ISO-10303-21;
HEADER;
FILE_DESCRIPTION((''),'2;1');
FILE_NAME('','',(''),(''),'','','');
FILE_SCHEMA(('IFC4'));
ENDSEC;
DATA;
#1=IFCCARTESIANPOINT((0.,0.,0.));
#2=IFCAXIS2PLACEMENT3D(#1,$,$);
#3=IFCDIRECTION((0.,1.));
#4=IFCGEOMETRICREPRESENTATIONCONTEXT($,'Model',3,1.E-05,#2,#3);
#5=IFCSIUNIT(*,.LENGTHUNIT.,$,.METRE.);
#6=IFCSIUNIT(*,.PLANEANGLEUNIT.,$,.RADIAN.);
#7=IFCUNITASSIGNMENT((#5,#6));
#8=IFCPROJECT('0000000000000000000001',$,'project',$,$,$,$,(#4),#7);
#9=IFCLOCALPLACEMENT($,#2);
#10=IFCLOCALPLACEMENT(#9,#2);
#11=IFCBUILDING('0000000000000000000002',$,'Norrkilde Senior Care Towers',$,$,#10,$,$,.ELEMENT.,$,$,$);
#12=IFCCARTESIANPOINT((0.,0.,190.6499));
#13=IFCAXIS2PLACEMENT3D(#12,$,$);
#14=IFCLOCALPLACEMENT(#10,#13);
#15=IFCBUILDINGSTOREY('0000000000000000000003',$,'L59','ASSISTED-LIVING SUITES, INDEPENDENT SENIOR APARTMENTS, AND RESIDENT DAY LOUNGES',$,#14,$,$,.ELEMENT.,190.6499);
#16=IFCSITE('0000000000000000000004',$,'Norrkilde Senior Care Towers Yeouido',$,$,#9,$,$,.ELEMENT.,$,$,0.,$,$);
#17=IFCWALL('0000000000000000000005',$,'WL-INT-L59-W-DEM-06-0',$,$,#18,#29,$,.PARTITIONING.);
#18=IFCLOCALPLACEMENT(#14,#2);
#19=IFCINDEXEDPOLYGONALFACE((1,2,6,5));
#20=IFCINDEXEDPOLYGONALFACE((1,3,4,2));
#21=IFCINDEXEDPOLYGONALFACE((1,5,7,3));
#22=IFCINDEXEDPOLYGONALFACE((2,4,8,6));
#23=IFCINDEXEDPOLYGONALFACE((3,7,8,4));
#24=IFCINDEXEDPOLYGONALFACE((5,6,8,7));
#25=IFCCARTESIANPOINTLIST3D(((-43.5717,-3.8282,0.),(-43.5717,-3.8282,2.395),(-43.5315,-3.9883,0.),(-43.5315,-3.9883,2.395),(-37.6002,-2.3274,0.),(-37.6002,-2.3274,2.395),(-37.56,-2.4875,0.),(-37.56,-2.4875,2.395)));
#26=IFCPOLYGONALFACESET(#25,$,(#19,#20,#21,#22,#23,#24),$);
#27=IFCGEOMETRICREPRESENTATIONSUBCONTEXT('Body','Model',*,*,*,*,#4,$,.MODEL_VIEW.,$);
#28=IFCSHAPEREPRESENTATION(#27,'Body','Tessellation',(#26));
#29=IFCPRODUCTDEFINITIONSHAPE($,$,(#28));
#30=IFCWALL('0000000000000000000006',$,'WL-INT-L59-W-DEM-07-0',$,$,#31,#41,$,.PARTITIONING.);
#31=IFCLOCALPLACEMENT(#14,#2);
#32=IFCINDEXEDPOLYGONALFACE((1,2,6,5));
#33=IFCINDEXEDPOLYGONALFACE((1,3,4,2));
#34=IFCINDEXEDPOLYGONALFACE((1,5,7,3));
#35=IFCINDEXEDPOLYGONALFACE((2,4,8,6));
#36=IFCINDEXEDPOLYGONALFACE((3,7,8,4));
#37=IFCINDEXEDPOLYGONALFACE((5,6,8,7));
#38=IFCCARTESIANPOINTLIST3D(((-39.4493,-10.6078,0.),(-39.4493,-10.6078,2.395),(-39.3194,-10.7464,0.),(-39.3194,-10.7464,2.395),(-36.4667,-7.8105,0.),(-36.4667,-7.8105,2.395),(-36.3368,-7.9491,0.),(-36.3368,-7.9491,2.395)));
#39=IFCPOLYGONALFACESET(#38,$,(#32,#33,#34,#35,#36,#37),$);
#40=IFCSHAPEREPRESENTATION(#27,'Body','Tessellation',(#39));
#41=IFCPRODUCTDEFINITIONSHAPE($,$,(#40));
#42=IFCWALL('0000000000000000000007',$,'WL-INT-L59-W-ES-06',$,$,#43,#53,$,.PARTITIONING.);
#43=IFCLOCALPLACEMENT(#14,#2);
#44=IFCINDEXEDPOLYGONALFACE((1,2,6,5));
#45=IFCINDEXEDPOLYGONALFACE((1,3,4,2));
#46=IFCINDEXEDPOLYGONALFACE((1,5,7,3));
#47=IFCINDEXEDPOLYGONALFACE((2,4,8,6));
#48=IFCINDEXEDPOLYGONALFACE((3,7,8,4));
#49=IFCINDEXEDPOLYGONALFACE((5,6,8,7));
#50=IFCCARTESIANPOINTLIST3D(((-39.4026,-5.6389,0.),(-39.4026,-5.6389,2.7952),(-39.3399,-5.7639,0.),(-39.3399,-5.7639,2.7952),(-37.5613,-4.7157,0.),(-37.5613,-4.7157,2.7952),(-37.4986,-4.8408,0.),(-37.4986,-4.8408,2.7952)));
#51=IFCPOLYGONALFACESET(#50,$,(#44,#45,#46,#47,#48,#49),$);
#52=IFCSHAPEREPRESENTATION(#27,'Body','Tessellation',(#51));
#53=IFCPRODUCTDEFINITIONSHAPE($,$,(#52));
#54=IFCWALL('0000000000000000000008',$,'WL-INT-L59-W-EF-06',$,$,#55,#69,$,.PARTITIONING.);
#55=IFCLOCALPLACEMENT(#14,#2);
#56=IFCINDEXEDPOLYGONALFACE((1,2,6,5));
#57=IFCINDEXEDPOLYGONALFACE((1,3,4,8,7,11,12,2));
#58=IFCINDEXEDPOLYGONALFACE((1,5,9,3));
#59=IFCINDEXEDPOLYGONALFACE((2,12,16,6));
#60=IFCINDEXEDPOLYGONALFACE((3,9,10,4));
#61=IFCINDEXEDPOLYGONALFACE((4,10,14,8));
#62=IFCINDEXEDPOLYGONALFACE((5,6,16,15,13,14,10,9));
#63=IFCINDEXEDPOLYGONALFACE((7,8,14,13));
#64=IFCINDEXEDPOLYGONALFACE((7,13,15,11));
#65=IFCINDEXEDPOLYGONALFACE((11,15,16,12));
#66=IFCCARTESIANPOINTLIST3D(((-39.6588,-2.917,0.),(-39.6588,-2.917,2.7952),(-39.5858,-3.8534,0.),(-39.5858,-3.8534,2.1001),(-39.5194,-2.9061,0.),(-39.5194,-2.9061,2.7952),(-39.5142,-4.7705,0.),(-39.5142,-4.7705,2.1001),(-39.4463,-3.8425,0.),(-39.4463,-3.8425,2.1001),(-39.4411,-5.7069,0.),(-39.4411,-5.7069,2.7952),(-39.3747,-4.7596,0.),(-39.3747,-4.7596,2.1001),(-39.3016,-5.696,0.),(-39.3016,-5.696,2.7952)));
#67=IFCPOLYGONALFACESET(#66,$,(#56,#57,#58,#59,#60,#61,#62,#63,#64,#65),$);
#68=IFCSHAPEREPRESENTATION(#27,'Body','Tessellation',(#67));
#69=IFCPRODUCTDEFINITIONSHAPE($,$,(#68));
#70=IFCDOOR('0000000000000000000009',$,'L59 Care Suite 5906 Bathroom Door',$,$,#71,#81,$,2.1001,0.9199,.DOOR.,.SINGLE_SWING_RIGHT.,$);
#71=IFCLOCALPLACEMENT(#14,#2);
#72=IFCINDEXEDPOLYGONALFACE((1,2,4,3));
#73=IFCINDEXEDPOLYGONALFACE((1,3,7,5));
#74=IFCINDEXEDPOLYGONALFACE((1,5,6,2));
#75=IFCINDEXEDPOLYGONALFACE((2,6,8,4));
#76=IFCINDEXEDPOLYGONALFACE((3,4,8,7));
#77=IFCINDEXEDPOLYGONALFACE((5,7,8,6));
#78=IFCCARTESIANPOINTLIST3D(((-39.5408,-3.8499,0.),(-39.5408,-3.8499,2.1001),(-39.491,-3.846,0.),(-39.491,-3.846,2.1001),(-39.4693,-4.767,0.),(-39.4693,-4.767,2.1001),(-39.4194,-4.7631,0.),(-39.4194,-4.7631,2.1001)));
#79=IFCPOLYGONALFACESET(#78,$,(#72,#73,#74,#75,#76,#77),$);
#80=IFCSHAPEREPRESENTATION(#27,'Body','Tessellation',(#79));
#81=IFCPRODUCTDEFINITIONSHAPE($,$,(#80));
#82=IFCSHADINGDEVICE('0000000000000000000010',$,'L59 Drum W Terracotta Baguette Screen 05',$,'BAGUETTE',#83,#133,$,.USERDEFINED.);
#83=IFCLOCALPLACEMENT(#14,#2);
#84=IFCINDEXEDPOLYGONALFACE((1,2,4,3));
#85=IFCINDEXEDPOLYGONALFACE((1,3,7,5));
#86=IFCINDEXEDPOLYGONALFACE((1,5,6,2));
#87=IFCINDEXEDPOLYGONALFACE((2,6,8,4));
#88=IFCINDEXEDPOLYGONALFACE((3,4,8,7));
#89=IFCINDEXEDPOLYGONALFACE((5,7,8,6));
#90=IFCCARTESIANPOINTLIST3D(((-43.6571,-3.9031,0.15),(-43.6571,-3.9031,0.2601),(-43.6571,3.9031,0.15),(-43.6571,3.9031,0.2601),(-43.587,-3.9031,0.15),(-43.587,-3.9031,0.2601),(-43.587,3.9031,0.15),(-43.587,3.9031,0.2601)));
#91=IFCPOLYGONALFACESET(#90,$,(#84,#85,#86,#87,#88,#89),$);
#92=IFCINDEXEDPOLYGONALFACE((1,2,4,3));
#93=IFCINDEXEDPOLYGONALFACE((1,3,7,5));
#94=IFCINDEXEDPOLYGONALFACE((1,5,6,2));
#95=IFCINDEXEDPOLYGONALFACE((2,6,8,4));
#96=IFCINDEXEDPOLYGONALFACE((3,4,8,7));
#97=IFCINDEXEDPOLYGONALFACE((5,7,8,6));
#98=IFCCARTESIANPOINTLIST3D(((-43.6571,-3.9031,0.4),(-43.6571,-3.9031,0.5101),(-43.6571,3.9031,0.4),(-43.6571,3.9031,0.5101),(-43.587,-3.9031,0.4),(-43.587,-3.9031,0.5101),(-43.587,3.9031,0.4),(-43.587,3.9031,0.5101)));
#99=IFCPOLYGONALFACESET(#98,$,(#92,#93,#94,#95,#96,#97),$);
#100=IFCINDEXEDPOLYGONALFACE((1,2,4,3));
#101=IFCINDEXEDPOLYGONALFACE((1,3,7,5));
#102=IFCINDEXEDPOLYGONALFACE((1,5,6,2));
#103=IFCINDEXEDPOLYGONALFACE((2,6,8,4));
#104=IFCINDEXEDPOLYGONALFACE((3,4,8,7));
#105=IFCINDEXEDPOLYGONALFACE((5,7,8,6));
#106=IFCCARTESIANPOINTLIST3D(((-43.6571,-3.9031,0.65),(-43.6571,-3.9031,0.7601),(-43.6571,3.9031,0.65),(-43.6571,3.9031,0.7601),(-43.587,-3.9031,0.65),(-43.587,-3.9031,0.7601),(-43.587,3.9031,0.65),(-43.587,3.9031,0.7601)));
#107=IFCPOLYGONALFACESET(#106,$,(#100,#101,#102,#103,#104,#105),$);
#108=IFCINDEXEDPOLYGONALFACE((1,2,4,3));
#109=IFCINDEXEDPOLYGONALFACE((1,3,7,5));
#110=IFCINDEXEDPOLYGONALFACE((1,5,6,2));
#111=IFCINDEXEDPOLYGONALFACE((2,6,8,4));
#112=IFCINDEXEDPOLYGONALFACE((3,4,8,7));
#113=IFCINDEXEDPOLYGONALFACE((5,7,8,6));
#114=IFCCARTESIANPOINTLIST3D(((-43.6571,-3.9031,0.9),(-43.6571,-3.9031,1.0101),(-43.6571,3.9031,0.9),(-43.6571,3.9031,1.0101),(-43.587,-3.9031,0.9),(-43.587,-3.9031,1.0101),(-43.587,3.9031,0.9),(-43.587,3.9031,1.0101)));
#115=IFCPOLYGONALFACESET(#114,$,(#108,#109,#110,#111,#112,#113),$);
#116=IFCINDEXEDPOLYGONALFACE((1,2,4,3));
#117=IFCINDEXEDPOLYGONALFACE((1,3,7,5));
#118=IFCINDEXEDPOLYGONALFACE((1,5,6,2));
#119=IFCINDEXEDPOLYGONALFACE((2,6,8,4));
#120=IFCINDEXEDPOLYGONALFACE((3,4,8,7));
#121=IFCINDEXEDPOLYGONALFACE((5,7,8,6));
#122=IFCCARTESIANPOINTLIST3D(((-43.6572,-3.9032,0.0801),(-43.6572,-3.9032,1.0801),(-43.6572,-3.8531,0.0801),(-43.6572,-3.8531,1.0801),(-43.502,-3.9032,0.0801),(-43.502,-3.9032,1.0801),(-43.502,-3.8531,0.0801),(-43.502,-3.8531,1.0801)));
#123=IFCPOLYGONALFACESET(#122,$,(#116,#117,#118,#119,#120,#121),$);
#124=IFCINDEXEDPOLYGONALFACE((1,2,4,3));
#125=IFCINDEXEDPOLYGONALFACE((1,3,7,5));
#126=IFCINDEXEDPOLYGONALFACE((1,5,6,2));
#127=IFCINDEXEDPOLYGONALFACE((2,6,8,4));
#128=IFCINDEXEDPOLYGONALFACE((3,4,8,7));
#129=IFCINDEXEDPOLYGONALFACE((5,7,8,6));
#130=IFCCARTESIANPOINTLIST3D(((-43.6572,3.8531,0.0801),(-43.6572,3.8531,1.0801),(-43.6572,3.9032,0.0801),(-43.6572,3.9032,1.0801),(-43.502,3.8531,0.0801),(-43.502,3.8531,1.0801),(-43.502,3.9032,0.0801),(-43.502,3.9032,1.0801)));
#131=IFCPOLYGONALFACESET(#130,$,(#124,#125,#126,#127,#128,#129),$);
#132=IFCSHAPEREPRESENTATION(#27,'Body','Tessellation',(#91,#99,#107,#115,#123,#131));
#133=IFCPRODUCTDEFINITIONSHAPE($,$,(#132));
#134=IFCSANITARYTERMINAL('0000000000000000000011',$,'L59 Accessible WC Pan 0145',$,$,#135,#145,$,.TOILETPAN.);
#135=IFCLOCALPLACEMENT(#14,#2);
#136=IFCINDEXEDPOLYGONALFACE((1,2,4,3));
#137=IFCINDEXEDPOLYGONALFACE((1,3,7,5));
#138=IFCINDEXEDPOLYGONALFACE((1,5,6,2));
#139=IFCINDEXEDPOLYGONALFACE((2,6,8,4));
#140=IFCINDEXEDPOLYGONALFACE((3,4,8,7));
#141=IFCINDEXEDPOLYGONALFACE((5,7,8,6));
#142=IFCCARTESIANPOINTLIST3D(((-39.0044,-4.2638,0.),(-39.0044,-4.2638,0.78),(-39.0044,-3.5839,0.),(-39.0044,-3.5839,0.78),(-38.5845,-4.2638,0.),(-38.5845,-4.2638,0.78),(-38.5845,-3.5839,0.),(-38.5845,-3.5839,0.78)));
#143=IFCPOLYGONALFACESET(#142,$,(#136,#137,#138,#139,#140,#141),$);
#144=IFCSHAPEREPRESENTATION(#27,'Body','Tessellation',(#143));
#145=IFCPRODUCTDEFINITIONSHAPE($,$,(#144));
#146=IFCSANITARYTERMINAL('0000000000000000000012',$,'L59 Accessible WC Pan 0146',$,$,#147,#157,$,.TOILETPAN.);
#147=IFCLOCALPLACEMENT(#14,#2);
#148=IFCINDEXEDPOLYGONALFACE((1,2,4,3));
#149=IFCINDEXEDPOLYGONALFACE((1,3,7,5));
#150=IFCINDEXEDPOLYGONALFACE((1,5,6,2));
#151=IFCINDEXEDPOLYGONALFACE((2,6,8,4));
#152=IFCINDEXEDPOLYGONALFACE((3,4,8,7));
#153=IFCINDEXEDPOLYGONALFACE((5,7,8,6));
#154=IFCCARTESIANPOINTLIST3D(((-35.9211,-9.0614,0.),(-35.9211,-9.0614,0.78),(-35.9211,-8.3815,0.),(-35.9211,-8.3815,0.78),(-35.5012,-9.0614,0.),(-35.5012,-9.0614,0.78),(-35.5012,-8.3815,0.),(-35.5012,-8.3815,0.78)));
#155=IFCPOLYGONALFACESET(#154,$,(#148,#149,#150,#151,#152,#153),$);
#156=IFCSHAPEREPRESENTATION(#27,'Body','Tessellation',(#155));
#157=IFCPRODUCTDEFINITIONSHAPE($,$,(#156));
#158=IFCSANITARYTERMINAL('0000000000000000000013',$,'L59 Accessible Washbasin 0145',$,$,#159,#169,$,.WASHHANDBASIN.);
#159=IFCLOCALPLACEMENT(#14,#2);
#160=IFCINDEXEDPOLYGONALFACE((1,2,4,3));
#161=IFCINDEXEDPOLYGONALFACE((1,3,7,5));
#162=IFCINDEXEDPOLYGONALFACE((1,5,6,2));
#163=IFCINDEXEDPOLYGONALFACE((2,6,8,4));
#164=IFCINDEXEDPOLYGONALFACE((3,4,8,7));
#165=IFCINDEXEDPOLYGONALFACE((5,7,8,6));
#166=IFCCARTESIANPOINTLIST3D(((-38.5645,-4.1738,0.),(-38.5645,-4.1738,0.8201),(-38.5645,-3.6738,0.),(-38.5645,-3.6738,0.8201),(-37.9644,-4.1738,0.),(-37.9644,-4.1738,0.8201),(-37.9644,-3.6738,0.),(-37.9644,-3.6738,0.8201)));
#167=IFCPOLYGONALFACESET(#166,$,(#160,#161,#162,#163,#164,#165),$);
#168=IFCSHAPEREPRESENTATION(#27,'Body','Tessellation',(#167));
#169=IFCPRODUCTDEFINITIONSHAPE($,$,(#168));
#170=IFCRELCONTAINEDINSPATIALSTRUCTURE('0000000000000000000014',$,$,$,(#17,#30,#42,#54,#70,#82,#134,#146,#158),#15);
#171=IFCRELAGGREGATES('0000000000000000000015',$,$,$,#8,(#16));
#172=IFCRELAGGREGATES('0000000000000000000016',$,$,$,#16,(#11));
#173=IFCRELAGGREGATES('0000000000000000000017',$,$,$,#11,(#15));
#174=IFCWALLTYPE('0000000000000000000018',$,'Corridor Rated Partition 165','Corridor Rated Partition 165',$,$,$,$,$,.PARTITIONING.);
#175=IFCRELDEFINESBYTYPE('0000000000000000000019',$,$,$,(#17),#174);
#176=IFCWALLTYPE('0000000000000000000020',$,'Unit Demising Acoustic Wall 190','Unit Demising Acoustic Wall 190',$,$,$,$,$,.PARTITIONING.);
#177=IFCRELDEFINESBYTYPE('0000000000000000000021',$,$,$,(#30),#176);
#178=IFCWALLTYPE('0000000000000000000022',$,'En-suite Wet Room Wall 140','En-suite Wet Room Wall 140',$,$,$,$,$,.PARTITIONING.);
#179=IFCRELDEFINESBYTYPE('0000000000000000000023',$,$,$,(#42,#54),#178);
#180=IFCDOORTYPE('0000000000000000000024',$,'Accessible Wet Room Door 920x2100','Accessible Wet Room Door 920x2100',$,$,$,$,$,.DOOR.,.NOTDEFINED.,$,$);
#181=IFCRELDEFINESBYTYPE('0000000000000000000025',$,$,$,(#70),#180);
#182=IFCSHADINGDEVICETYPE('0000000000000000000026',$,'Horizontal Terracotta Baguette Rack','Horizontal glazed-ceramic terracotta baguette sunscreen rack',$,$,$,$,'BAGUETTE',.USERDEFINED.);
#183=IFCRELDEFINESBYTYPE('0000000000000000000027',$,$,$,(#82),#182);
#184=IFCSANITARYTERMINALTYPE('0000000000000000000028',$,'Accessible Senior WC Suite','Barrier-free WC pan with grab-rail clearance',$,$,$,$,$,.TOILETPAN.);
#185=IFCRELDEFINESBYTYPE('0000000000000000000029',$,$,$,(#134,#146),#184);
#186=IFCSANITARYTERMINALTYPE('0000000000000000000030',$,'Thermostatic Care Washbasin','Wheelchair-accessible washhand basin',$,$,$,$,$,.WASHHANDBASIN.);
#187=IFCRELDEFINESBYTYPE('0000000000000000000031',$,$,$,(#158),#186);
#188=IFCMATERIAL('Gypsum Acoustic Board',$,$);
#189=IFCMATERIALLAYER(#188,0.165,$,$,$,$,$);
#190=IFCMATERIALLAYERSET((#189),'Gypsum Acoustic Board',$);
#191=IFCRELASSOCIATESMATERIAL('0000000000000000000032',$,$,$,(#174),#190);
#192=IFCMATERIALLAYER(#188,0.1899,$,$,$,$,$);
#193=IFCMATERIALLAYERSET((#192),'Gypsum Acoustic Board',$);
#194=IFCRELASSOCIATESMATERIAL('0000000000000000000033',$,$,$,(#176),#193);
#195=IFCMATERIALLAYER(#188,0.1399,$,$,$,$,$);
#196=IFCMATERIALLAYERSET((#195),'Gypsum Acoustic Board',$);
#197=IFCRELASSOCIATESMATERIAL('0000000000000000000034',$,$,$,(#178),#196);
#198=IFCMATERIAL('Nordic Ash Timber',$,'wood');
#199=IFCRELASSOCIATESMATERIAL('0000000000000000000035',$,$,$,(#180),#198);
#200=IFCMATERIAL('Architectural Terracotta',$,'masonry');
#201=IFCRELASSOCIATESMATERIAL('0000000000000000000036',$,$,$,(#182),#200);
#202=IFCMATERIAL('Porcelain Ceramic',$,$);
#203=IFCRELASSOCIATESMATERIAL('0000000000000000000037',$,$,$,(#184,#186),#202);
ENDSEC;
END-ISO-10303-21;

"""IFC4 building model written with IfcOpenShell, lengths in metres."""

from ifc_helpers import new_model, si_unit, direction, frame, frame_2d, origin, origin_2d, place, context, subcontext, project, spatial, rectangle, extrude, source, transform, mapped, material, layer, layer_set, type_object, type_shapes, element, fill, save


model = new_model("IFC4")

# Units and contexts
model_context = context("Model", 3, precision=1e-05, world=origin(), true_north=direction((0.0, 1.0)))
body_context = subcontext(model_context, "Body", "Model", "MODEL_VIEW")
ifc_project = project(units=[si_unit("LENGTHUNIT", "METRE"), si_unit("PLANEANGLEUNIT", "RADIAN")], contexts=[model_context])

# Site, building, storey
site_placement = place(None, origin())
site = spatial("IfcSite", under=ifc_project, at=site_placement, Name="Norrkilde Senior Care Towers Yeouido", CompositionType="ELEMENT", RefElevation=0.0)
building_placement = place(site_placement, origin())
building = spatial("IfcBuilding", under=site, at=building_placement, Name="Norrkilde Senior Care Towers", CompositionType="ELEMENT")
storey_placement = place(building_placement, frame((0.0, 0.0, 190.6499)))
storey = spatial("IfcBuildingStorey", under=building, at=storey_placement, Name="L59", Description="ASSISTED-LIVING SUITES, INDEPENDENT SENIOR APARTMENTS, AND RESIDENT DAY LOUNGES", CompositionType="ELEMENT", Elevation=190.6499)

# Shared definitions
ifc_material_1 = material(Name="Gypsum Acoustic Board")
ifc_layer_1 = layer(ifc_material_1, 0.165)
ifc_layer_set_1 = layer_set([ifc_layer_1], Name="Gypsum Acoustic Board")
wall_type_1 = type_object("IfcWallType", Name="Corridor Rated Partition 165", Description="Corridor Rated Partition 165", PredefinedType="PARTITIONING", material=ifc_layer_set_1)
ifc_material_2 = material(Name="Nordic Ash Timber", Category="wood")

# Walls
shared_shape_1 = source(origin(), body_context, "Body", "SweptSolid", [
    extrude(rectangle(XDim=6.1572, YDim=0.165, at=frame_2d((3.0786, 0.0))), origin(), (0.0, 0.0, 1.0), 2.395),
])
wall_1_placement = place(storey_placement, frame((-37.5801, -2.4075, 0.0), z_axis=(0.0, 0.0, 1.0), x_axis=(-0.969841, -0.243739, 0.0)))
element("IfcWall", 1, at=wall_1_placement, inside=storey, type_object=wall_type_1, Name="WL-INT-L59-W-DEM-06-0", PredefinedType="PARTITIONING", context=body_context, shape_type="MappedRepresentation", body=[
    mapped(shared_shape_1, transform((0.0, 0.0, 0.0), x_axis=(1.0, 0.0, 0.0), y_axis=(0.0, 1.0, 0.0), z_axis=(0.0, 0.0, 1.0), scale=1.0)),
])
ifc_layer_2 = layer(ifc_material_1, 0.1899)
ifc_layer_set_2 = layer_set([ifc_layer_2], Name="Gypsum Acoustic Board")
wall_type_2 = type_object("IfcWallType", Name="Unit Demising Acoustic Wall 190", Description="Unit Demising Acoustic Wall 190", PredefinedType="PARTITIONING", material=ifc_layer_set_2)
shared_shape_2 = source(origin(), body_context, "Body", "SweptSolid", [
    extrude(rectangle(XDim=4.0891, YDim=0.1899, at=frame_2d((2.0444, 0.0))), origin(), (0.0, 0.0, 1.0), 2.395),
])
type_shapes(wall_type_2, [shared_shape_2])
wall_2_placement = place(storey_placement, frame((-36.4019, -7.8799, 0.0), z_axis=(0.0, 0.0, 1.0), x_axis=(-0.729401, -0.684086, 0.0)))
element("IfcWall", 2, at=wall_2_placement, inside=storey, type_object=wall_type_2, Name="WL-INT-L59-W-DEM-07-0", PredefinedType="PARTITIONING", context=body_context, shape_type="MappedRepresentation", body=[
    mapped(shared_shape_2, transform((0.0, 0.0, 0.0), x_axis=(1.0, 0.0, 0.0), y_axis=(0.0, 1.0, 0.0), z_axis=(0.0, 0.0, 1.0), scale=1.0)),
])
ifc_layer_3 = layer(ifc_material_1, 0.1399)
ifc_layer_set_3 = layer_set([ifc_layer_3], Name="Gypsum Acoustic Board")
wall_type_3 = type_object("IfcWallType", Name="En-suite Wet Room Wall 140", Description="En-suite Wet Room Wall 140", PredefinedType="PARTITIONING", material=ifc_layer_set_3)
shared_shape_3 = source(origin(), body_context, "Body", "SweptSolid", [
    extrude(rectangle(XDim=2.0598, YDim=0.1399, at=frame_2d((1.0298, 0.0))), origin(), (0.0, 0.0, 1.0), 2.7952),
])
wall_3_placement = place(storey_placement, frame((-37.53, -4.7783, 0.0), z_axis=(0.0, 0.0, 1.0), x_axis=(-0.893953, -0.448162, 0.0)))
element("IfcWall", 3, at=wall_3_placement, inside=storey, type_object=wall_type_3, Name="WL-INT-L59-W-ES-06", PredefinedType="PARTITIONING", context=body_context, shape_type="MappedRepresentation", body=[
    mapped(shared_shape_3, transform((0.0, 0.0, 0.0), x_axis=(1.0, 0.0, 0.0), y_axis=(0.0, 1.0, 0.0), z_axis=(0.0, 0.0, 1.0), scale=1.0)),
])

# Wall, opening, door
shared_shape_4 = source(origin(), body_context, "Body", "SweptSolid", [
    extrude(rectangle(XDim=2.7983, YDim=0.1399, at=frame_2d((1.3992, 0.0))), origin(), (0.0, 0.0, 1.0), 2.7952),
])
type_shapes(wall_type_3, [shared_shape_3, shared_shape_4])
wall_4_placement = place(storey_placement, frame((-39.3713, -5.7014, 0.0), z_axis=(0.0, 0.0, 1.0), x_axis=(-0.077824, 0.996967, 0.0)))
wall_4 = element("IfcWall", 4, at=wall_4_placement, inside=storey, type_object=wall_type_3, Name="WL-INT-L59-W-EF-06", PredefinedType="PARTITIONING", context=body_context, shape_type="MappedRepresentation", body=[
    mapped(shared_shape_4, transform((0.0, 0.0, 0.0), x_axis=(1.0, 0.0, 0.0), y_axis=(0.0, 1.0, 0.0), z_axis=(0.0, 0.0, 1.0), scale=1.0)),
])
opening_1_placement = place(wall_4_placement, frame((0.9392, 0.0, 0.0)))
opening_1 = element("IfcOpeningElement", 5, at=opening_1_placement, cuts=wall_4, PredefinedType="OPENING", context=body_context, shape_type="SweptSolid", body=[
    extrude(rectangle(XDim=0.9199, YDim=2.1001, at=frame_2d((0.46, 1.05))), frame((0.0, 0.0798, 0.0), z_axis=(0.0, -1.0, 0.0), x_axis=(1.0, 0.0, 0.0)), (0.0, 0.0, 1.0), 0.1599),
])
door_type_1 = type_object("IfcDoorType", Name="Accessible Wet Room Door 920x2100", Description="Accessible Wet Room Door 920x2100", OperationType="NOTDEFINED", PredefinedType="DOOR", material=ifc_material_2)
shared_shape_5 = source(origin(), body_context, "Body", "SweptSolid", [
    extrude(rectangle(XDim=0.9199, YDim=2.1001, at=frame_2d((0.46, 1.05))), frame((0.0, 0.0249, 0.0), z_axis=(0.0, -1.0, 0.0), x_axis=(1.0, 0.0, 0.0)), (0.0, 0.0, 1.0), 0.05),
])
type_shapes(door_type_1, [shared_shape_5])
door_1_placement = place(opening_1_placement, origin())
door_1 = element("IfcDoor", 6, at=door_1_placement, inside=storey, type_object=door_type_1, Name="L59 Care Suite 5906 Bathroom Door", OperationType="SINGLE_SWING_RIGHT", OverallHeight=2.1001, OverallWidth=0.9199, PredefinedType="DOOR", context=body_context, shape_type="MappedRepresentation", body=[
    mapped(shared_shape_5, transform((0.0, 0.0, 0.0), x_axis=(1.0, 0.0, 0.0), y_axis=(0.0, 1.0, 0.0), z_axis=(0.0, 0.0, 1.0), scale=1.0)),
])
fill(opening_1, door_1)

# Shading device
ifc_material_3 = material(Name="Architectural Terracotta", Category="masonry")
shading_device_type = type_object("IfcShadingDeviceType", Name="Horizontal Terracotta Baguette Rack", Description="Horizontal glazed-ceramic terracotta baguette sunscreen rack", ElementType="BAGUETTE", PredefinedType="USERDEFINED", material=ifc_material_3)
shared_shape_6 = source(origin(), body_context, "Body", "SweptSolid", [
    extrude(rectangle(XDim=0.0701, YDim=0.1101, at=origin_2d()), frame((0.0, 0.0901, 0.125), z_axis=(1.0, 0.0, 0.0), x_axis=(0.0, 1.0, 0.0)), (0.0, 0.0, 1.0), 7.8062),
    extrude(rectangle(XDim=0.0701, YDim=0.1101, at=origin_2d()), frame((0.0, 0.0901, 0.375), z_axis=(1.0, 0.0, 0.0), x_axis=(0.0, 1.0, 0.0)), (0.0, 0.0, 1.0), 7.8062),
    extrude(rectangle(XDim=0.0701, YDim=0.1101, at=origin_2d()), frame((0.0, 0.0901, 0.625), z_axis=(1.0, 0.0, 0.0), x_axis=(0.0, 1.0, 0.0)), (0.0, 0.0, 1.0), 7.8062),
    extrude(rectangle(XDim=0.0701, YDim=0.1101, at=origin_2d()), frame((0.0, 0.0901, 0.875), z_axis=(1.0, 0.0, 0.0), x_axis=(0.0, 1.0, 0.0)), (0.0, 0.0, 1.0), 7.8062),
    extrude(rectangle(XDim=0.05, YDim=0.1553, at=origin_2d()), frame((0.0249, 0.0476, 0.0)), (0.0, 0.0, 1.0), 1.0),
    extrude(rectangle(XDim=0.05, YDim=0.1553, at=origin_2d()), frame((7.7812, 0.0476, 0.0)), (0.0, 0.0, 1.0), 1.0),
])
type_shapes(shading_device_type, [shared_shape_6])
shading_device_placement = place(storey_placement, frame((-43.532, -3.9031, 0.0801), z_axis=(0.0, 0.0, 1.0), x_axis=(0.0, 1.0, 0.0)))
element("IfcShadingDevice", 7, at=shading_device_placement, inside=storey, type_object=shading_device_type, Name="L59 Drum W Terracotta Baguette Screen 05", ObjectType="BAGUETTE", PredefinedType="USERDEFINED", context=body_context, shape_type="MappedRepresentation", body=[
    mapped(shared_shape_6, transform((0.0, 0.0, 0.0), x_axis=(1.0, 0.0, 0.0), y_axis=(0.0, 1.0, 0.0), z_axis=(0.0, 0.0, 1.0), scale=1.0)),
])

# Sanitary terminals
ifc_material_4 = material(Name="Porcelain Ceramic")
sanitary_terminal_type_1 = type_object("IfcSanitaryTerminalType", Name="Accessible Senior WC Suite", Description="Barrier-free WC pan with grab-rail clearance", PredefinedType="TOILETPAN", material=ifc_material_4)
shared_shape_7 = source(origin(), body_context, "Body", "SweptSolid", [
    extrude(rectangle(XDim=0.4199, YDim=0.6799, at=origin_2d()), origin(), (0.0, 0.0, 1.0), 0.78),
])
type_shapes(sanitary_terminal_type_1, [shared_shape_7])
for number, where, z_axis, x_axis, name in (
    (8, (-38.7944, -3.9238, 0.0), (0.0, 0.0, 1.0), (1.0, 0.0, 0.0), "L59 Accessible WC Pan 0145"),
    (9, (-35.7112, -8.7214, 0.0), (0.0, 0.0, 1.0), (1.0, 0.0, 0.0), "L59 Accessible WC Pan 0146"),
):
    element("IfcSanitaryTerminal", number, at=place(storey_placement, frame(where, z_axis=z_axis, x_axis=x_axis)), inside=storey, type_object=sanitary_terminal_type_1, Name=name, PredefinedType="TOILETPAN", context=body_context, shape_type="MappedRepresentation", body=[
        mapped(shared_shape_7, transform((0.0, 0.0, 0.0), x_axis=(1.0, 0.0, 0.0), y_axis=(0.0, 1.0, 0.0), z_axis=(0.0, 0.0, 1.0), scale=1.0)),
    ])
sanitary_terminal_type_2 = type_object("IfcSanitaryTerminalType", Name="Thermostatic Care Washbasin", Description="Wheelchair-accessible washhand basin", PredefinedType="WASHHANDBASIN", material=ifc_material_4)
shared_shape_8 = source(origin(), body_context, "Body", "SweptSolid", [
    extrude(rectangle(XDim=0.6001, YDim=0.5, at=origin_2d()), origin(), (0.0, 0.0, 1.0), 0.8201),
])
type_shapes(sanitary_terminal_type_2, [shared_shape_8])
sanitary_terminal_placement = place(storey_placement, frame((-38.2644, -3.9238, 0.0), z_axis=(0.0, 0.0, 1.0), x_axis=(1.0, 0.0, 0.0)))
element("IfcSanitaryTerminal", 10, at=sanitary_terminal_placement, inside=storey, type_object=sanitary_terminal_type_2, Name="L59 Accessible Washbasin 0145", PredefinedType="WASHHANDBASIN", context=body_context, shape_type="MappedRepresentation", body=[
    mapped(shared_shape_8, transform((0.0, 0.0, 0.0), x_axis=(1.0, 0.0, 0.0), y_axis=(0.0, 1.0, 0.0), z_axis=(0.0, 0.0, 1.0), scale=1.0)),
])

save(model, "model.ifc")
